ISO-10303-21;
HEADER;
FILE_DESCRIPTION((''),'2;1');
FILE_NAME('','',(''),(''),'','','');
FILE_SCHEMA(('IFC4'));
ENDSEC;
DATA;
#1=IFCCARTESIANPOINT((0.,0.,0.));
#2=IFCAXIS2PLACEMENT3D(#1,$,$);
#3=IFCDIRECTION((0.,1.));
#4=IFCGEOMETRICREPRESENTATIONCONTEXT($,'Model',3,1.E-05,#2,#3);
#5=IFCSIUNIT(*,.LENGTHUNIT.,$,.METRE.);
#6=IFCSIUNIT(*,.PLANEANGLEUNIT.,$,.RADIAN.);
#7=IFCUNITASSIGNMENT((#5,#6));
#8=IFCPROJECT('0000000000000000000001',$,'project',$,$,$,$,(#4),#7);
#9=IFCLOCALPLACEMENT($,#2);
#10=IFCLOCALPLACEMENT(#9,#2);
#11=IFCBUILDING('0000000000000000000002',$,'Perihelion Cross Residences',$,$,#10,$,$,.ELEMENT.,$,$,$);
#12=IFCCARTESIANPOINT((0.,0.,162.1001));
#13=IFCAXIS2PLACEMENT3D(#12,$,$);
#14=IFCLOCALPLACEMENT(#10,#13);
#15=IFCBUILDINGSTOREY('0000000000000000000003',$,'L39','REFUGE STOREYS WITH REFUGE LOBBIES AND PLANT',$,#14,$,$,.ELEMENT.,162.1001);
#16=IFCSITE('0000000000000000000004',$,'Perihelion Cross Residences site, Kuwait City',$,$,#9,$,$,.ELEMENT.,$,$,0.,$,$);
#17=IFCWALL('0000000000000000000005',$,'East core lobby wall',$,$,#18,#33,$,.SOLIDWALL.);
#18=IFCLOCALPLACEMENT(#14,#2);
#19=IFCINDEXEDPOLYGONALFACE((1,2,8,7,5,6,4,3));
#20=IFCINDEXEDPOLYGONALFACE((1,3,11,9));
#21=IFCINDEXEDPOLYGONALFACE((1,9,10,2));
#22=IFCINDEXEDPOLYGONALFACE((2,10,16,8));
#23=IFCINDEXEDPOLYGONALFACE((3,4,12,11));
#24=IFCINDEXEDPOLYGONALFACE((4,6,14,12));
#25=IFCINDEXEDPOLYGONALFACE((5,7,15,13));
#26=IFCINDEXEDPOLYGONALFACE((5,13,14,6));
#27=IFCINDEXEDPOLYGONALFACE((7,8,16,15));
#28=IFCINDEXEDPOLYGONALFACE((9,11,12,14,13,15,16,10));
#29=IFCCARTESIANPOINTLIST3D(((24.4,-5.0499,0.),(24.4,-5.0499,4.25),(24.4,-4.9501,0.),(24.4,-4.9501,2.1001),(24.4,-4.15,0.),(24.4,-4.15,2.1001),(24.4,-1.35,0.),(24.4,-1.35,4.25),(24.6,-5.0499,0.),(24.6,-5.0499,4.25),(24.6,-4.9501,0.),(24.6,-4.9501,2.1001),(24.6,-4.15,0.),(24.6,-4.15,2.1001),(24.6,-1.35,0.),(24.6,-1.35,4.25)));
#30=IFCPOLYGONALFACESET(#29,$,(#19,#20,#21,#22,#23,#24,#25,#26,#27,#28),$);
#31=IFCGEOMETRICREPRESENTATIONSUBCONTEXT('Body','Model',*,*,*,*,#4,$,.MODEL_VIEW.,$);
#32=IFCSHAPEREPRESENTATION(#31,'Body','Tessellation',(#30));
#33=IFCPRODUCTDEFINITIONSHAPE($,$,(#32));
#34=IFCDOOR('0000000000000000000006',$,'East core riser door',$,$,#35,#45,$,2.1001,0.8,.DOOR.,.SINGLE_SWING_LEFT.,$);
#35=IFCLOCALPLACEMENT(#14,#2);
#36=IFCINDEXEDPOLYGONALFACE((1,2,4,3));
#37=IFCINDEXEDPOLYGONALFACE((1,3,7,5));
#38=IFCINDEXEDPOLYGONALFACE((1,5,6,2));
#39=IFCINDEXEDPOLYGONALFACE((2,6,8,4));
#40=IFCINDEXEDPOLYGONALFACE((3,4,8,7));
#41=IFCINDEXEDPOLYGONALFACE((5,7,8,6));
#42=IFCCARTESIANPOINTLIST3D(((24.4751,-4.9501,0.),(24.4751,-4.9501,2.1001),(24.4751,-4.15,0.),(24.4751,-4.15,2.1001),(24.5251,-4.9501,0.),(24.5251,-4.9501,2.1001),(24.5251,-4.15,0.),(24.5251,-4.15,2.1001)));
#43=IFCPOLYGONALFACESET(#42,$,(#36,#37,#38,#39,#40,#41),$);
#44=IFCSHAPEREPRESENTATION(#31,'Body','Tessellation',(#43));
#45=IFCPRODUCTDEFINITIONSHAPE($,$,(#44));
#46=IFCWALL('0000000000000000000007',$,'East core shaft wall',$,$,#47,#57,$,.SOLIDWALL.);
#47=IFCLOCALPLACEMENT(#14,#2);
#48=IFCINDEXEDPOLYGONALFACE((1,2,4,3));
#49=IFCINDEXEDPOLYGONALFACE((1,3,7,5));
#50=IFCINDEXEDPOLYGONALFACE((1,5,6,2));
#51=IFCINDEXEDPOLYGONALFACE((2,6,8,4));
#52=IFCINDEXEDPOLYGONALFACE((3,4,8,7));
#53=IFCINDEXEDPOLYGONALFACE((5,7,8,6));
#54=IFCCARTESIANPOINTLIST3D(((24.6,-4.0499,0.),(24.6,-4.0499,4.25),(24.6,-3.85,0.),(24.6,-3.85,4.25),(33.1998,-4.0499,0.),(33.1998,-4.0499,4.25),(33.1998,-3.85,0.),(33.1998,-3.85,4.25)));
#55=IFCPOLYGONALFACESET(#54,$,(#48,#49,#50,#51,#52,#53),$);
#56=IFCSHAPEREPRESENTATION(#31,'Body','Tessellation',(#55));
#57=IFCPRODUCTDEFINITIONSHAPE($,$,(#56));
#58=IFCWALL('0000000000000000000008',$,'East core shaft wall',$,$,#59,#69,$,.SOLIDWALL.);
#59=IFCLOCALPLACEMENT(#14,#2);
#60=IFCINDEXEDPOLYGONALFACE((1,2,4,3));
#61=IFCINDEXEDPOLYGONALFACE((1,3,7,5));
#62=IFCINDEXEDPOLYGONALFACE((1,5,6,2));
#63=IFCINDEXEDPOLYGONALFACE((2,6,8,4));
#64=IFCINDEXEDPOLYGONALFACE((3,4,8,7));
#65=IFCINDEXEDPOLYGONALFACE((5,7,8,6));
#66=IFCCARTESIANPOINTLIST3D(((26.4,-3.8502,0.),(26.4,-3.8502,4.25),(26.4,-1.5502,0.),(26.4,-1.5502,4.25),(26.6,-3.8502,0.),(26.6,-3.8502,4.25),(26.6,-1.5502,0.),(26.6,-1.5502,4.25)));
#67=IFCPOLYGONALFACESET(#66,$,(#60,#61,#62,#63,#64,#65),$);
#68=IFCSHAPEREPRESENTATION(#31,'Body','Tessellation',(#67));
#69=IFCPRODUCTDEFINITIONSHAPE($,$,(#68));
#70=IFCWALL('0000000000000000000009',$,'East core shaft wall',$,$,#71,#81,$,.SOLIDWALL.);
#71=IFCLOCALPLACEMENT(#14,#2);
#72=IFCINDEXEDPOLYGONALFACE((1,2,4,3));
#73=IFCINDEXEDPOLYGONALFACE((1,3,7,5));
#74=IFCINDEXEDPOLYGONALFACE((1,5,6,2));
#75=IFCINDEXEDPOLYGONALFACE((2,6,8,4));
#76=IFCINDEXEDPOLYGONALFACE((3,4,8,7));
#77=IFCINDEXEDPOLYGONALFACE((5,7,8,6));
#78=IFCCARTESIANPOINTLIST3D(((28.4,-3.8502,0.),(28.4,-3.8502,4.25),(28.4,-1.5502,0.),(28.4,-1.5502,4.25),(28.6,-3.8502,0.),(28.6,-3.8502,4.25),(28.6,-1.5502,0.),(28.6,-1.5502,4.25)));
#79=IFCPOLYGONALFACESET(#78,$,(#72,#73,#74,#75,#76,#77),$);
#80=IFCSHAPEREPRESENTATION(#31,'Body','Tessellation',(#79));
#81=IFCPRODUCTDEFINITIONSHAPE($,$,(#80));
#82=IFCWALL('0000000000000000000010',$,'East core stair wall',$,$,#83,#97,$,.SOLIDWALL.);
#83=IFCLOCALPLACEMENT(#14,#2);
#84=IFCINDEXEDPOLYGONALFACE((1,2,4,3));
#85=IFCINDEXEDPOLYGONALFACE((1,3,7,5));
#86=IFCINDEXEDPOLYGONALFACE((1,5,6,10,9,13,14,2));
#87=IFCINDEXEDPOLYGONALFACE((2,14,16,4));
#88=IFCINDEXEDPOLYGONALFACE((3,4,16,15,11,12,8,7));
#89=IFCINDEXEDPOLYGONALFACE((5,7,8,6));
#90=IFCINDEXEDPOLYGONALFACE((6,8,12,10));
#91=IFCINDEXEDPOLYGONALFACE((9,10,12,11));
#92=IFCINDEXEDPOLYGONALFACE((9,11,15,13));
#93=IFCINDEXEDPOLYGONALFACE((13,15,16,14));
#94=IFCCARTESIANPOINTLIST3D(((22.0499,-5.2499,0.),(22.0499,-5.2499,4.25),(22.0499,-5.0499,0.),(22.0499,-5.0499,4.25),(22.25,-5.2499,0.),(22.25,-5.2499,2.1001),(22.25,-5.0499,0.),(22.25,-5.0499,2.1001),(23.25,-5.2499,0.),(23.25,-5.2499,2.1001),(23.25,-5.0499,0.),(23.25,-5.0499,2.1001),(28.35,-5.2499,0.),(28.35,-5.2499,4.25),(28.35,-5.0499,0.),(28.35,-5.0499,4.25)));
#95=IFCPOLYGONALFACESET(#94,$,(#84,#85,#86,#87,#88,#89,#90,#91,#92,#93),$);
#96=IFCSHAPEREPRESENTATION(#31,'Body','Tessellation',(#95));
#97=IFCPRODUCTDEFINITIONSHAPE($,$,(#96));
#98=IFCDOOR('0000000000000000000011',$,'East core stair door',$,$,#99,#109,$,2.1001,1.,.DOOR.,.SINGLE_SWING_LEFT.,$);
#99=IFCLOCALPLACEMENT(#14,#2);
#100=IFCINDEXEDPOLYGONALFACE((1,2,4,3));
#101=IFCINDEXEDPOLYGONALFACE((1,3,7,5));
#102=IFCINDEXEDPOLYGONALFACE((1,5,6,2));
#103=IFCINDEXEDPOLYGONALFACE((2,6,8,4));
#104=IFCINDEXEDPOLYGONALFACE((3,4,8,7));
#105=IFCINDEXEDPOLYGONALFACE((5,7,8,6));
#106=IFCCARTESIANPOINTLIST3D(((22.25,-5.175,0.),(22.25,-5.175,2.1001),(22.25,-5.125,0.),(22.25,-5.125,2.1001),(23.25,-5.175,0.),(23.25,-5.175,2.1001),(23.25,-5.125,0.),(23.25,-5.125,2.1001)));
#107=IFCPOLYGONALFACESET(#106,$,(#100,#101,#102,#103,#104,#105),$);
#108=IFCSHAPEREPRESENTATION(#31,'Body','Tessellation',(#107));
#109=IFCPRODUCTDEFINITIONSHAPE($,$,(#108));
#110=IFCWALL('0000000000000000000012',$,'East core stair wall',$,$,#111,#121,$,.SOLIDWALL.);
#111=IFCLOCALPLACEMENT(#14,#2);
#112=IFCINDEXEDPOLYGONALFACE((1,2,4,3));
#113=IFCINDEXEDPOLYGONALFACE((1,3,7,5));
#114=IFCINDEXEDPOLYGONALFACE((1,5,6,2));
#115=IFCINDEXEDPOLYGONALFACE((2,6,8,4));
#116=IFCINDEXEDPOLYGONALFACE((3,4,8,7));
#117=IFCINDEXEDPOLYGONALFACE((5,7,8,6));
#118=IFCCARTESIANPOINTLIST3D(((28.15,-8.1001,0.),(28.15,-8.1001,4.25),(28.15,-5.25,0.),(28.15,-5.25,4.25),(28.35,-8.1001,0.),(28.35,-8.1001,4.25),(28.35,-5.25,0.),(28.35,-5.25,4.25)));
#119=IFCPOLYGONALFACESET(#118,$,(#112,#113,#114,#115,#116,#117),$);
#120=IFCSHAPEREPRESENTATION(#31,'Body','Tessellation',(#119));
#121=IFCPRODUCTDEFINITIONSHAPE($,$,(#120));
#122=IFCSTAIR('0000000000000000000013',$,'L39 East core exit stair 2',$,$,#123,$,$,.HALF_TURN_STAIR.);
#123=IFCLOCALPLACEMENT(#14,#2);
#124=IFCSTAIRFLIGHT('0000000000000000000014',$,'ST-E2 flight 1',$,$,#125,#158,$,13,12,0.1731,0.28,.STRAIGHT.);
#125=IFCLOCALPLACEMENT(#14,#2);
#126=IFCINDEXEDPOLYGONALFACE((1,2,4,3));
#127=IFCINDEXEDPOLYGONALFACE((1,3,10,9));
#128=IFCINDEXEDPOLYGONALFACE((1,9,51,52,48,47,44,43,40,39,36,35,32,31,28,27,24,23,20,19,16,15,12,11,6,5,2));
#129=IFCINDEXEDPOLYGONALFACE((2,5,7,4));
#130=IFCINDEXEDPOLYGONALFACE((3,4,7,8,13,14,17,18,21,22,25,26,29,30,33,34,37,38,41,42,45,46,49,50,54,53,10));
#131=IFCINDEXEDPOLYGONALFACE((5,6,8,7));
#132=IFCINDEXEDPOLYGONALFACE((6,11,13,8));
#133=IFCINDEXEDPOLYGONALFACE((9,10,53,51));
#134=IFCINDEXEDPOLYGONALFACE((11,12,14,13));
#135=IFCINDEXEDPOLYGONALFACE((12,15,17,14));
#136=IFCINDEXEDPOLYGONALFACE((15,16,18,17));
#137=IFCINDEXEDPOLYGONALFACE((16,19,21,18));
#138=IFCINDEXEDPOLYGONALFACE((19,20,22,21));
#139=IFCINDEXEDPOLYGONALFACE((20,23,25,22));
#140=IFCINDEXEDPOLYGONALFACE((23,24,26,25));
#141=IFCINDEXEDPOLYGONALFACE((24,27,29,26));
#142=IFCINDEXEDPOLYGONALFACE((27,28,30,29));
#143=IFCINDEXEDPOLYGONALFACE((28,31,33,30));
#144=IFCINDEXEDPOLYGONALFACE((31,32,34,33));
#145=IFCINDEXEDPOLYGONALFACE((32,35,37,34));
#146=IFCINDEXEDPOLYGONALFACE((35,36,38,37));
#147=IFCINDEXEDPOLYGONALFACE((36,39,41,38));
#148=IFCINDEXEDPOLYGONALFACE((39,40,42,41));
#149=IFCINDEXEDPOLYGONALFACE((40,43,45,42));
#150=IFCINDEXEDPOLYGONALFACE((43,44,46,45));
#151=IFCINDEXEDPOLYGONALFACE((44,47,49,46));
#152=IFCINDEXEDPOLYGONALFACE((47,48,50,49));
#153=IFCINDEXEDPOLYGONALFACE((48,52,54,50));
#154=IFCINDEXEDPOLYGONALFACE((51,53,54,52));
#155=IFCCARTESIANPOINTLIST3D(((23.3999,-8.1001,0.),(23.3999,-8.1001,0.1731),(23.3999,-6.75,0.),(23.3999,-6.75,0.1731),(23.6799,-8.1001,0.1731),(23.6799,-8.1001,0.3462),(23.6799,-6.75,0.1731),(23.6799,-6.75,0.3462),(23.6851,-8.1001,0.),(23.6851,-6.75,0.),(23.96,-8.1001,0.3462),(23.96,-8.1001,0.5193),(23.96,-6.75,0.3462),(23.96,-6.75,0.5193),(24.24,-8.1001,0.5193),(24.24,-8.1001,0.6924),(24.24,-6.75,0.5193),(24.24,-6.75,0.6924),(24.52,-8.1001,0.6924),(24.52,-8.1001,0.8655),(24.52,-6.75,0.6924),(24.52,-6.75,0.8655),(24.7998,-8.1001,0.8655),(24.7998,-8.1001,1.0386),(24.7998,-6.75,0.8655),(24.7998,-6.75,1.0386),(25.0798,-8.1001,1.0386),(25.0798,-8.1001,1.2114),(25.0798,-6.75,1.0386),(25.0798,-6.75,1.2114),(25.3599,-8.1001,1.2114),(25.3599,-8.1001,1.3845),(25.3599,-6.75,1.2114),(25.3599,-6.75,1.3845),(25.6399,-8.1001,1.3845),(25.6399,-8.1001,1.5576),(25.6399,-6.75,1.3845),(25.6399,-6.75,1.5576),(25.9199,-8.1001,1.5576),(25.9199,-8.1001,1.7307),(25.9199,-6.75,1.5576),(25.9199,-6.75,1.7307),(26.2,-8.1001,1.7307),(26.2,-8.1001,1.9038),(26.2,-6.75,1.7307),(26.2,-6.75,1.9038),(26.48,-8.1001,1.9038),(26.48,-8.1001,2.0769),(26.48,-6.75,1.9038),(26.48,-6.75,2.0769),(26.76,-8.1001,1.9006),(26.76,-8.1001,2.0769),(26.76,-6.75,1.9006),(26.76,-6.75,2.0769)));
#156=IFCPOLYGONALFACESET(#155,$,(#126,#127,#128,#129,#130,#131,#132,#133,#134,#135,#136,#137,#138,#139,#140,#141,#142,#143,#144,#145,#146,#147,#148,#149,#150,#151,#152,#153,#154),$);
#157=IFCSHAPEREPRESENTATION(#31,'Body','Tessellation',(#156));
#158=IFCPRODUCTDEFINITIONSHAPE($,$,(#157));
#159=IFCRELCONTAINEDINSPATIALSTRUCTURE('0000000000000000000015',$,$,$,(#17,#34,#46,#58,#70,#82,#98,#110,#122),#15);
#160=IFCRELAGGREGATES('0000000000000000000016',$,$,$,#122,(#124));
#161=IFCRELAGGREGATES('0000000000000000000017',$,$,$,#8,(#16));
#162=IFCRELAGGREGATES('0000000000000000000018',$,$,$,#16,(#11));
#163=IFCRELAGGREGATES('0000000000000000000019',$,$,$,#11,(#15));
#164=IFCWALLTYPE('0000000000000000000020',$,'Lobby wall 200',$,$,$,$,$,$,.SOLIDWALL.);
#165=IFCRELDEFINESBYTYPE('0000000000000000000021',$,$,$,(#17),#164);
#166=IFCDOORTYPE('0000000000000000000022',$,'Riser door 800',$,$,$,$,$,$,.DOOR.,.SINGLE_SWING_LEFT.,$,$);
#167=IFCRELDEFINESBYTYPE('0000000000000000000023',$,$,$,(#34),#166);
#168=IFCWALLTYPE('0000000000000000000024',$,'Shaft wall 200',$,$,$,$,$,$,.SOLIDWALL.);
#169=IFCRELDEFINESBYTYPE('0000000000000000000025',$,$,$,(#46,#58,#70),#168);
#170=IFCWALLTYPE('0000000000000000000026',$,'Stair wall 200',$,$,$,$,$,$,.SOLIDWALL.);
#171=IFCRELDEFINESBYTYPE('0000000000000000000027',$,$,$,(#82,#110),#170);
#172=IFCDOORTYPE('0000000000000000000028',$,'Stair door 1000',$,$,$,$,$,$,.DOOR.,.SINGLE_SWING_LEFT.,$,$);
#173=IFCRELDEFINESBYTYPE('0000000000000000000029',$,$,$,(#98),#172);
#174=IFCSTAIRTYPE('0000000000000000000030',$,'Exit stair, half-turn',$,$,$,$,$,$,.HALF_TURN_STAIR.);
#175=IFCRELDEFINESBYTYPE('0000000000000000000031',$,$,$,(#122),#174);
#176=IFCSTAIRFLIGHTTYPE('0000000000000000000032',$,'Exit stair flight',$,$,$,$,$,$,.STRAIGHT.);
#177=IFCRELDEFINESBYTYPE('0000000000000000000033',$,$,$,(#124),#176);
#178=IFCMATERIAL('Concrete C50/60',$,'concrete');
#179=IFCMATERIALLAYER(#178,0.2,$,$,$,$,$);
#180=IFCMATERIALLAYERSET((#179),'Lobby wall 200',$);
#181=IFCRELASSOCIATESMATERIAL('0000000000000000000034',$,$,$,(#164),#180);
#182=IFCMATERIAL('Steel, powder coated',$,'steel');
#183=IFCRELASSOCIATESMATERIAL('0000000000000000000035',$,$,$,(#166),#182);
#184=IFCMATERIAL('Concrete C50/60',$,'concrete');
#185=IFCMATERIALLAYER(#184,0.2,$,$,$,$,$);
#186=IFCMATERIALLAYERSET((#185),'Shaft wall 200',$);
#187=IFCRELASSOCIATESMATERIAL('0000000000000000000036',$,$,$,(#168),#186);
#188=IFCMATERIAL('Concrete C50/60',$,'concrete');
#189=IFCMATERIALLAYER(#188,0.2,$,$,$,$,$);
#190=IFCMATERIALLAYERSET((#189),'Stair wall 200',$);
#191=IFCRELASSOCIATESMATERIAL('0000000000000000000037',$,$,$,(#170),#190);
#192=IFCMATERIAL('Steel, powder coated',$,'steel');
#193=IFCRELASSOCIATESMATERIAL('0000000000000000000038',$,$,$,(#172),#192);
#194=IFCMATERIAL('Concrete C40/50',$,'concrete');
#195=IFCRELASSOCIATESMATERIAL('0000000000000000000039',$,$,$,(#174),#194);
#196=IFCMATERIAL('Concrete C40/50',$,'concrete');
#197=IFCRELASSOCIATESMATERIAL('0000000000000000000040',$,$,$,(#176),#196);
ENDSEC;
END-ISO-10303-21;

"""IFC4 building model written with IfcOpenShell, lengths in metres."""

from ifc_helpers import new_model, si_unit, direction, frame, frame_2d, origin, place, context, subcontext, project, spatial, polyline, rectangle, outline, extrude, material, layer, layer_set, type_object, element, fill, aggregate, save


model = new_model("IFC4")

# Units and contexts
model_context = context("Model", 3, precision=1e-05, world=origin(), true_north=direction((0.0, 1.0)))
body_context = subcontext(model_context, "Body", "Model", "MODEL_VIEW")
ifc_project = project(units=[si_unit("LENGTHUNIT", "METRE"), si_unit("PLANEANGLEUNIT", "RADIAN")], contexts=[model_context])

# Site, building, storey
site_placement = place(None, origin())
site = spatial("IfcSite", under=ifc_project, at=site_placement, Name="Perihelion Cross Residences site, Kuwait City", CompositionType="ELEMENT", RefElevation=0.0)
building_placement = place(site_placement, origin())
building = spatial("IfcBuilding", under=site, at=building_placement, Name="Perihelion Cross Residences", CompositionType="ELEMENT")
storey_placement = place(building_placement, frame((0.0, 0.0, 162.1001)))
storey = spatial("IfcBuildingStorey", under=building, at=storey_placement, Name="L39", Description="REFUGE STOREYS WITH REFUGE LOBBIES AND PLANT", CompositionType="ELEMENT", Elevation=162.1001)

# Wall, opening, door
ifc_material_1 = material(Name="Concrete C50/60", Category="concrete")
ifc_layer_1 = layer(ifc_material_1, 0.2)
ifc_layer_set_1 = layer_set([ifc_layer_1], Name="Lobby wall 200")
wall_type_1 = type_object("IfcWallType", Name="Lobby wall 200", PredefinedType="SOLIDWALL", material=ifc_layer_set_1)
wall_1_placement = place(storey_placement, frame((24.5, -5.05, 0.0), z_axis=(0.0, 0.0, 1.0), x_axis=(0.0, 1.0, 0.0)))
wall_1 = element("IfcWall", 1, at=wall_1_placement, inside=storey, type_object=wall_type_1, Name="East core lobby wall", PredefinedType="SOLIDWALL", context=body_context, shape_type="SweptSolid", body=[
    extrude(rectangle(XDim=3.7, YDim=0.2, at=frame_2d((1.8501, 0.0))), origin(), (0.0, 0.0, 1.0), 4.25),
])
opening_1_placement = place(wall_1_placement, frame((0.1001, 0.0, 0.0)))
opening_1 = element("IfcOpeningElement", 2, at=opening_1_placement, cuts=wall_1, PredefinedType="OPENING", context=body_context, shape_type="SweptSolid", body=[
    extrude(rectangle(XDim=0.8, YDim=2.1001, at=frame_2d((0.3999, 1.05))), frame((0.0, 0.1099, 0.0), z_axis=(0.0, -1.0, 0.0), x_axis=(1.0, 0.0, 0.0)), (0.0, 0.0, 1.0), 0.22),
])
ifc_material_2 = material(Name="Steel, powder coated", Category="steel")
door_type_1 = type_object("IfcDoorType", Name="Riser door 800", OperationType="SINGLE_SWING_LEFT", PredefinedType="DOOR", material=ifc_material_2)
door_1_placement = place(opening_1_placement, origin())
door_1 = element("IfcDoor", 3, at=door_1_placement, inside=storey, type_object=door_type_1, Name="East core riser door", OperationType="SINGLE_SWING_LEFT", OverallHeight=2.1001, OverallWidth=0.8, PredefinedType="DOOR", context=body_context, shape_type="SweptSolid", body=[
    extrude(rectangle(XDim=0.8, YDim=2.1001, at=frame_2d((0.3999, 1.05))), frame((0.0, 0.0249, 0.0), z_axis=(0.0, -1.0, 0.0), x_axis=(1.0, 0.0, 0.0)), (0.0, 0.0, 1.0), 0.05),
])
fill(opening_1, door_1)

# Walls
ifc_material_3 = material(Name="Concrete C50/60", Category="concrete")
ifc_layer_2 = layer(ifc_material_3, 0.2)
ifc_layer_set_2 = layer_set([ifc_layer_2], Name="Shaft wall 200")
wall_type_2 = type_object("IfcWallType", Name="Shaft wall 200", PredefinedType="SOLIDWALL", material=ifc_layer_set_2)
wall_2_placement = place(storey_placement, frame((24.6001, -3.95, 0.0), z_axis=(0.0, 0.0, 1.0), x_axis=(1.0, 0.0, 0.0)))
element("IfcWall", 4, at=wall_2_placement, inside=storey, type_object=wall_type_2, Name="East core shaft wall", PredefinedType="SOLIDWALL", context=body_context, shape_type="SweptSolid", body=[
    extrude(rectangle(XDim=8.5999, YDim=0.2, at=frame_2d((4.2998, 0.0))), origin(), (0.0, 0.0, 1.0), 4.25),
])
for number, where, z_axis, x_axis, name in (
    (5, (26.5, -3.8501, 0.0), (0.0, 0.0, 1.0), (0.0, 1.0, 0.0), "East core shaft wall"),
    (6, (28.5, -3.8501, 0.0), (0.0, 0.0, 1.0), (0.0, 1.0, 0.0), "East core shaft wall"),
):
    element("IfcWall", number, at=place(storey_placement, frame(where, z_axis=z_axis, x_axis=x_axis)), inside=storey, type_object=wall_type_2, Name=name, PredefinedType="SOLIDWALL", context=body_context, shape_type="SweptSolid", body=[
        extrude(rectangle(XDim=2.3, YDim=0.2, at=frame_2d((1.1499, 0.0))), origin(), (0.0, 0.0, 1.0), 4.25),
    ])

# Wall, opening, door
ifc_material_4 = material(Name="Concrete C50/60", Category="concrete")
ifc_layer_3 = layer(ifc_material_4, 0.2)
ifc_layer_set_3 = layer_set([ifc_layer_3], Name="Stair wall 200")
wall_type_3 = type_object("IfcWallType", Name="Stair wall 200", PredefinedType="SOLIDWALL", material=ifc_layer_set_3)
wall_3_placement = place(storey_placement, frame((22.05, -5.1499, 0.0), z_axis=(0.0, 0.0, 1.0), x_axis=(1.0, 0.0, 0.0)))
wall_3 = element("IfcWall", 7, at=wall_3_placement, inside=storey, type_object=wall_type_3, Name="East core stair wall", PredefinedType="SOLIDWALL", context=body_context, shape_type="SweptSolid", body=[
    extrude(rectangle(XDim=6.3, YDim=0.2, at=frame_2d((3.1499, 0.0))), origin(), (0.0, 0.0, 1.0), 4.25),
])
opening_2_placement = place(wall_3_placement, frame((0.2, 0.0, 0.0)))
opening_2 = element("IfcOpeningElement", 8, at=opening_2_placement, cuts=wall_3, PredefinedType="OPENING", context=body_context, shape_type="SweptSolid", body=[
    extrude(rectangle(XDim=1.0, YDim=2.1001, at=frame_2d((0.5, 1.05))), frame((0.0, 0.1099, 0.0), z_axis=(0.0, -1.0, 0.0), x_axis=(1.0, 0.0, 0.0)), (0.0, 0.0, 1.0), 0.22),
])
ifc_material_5 = material(Name="Steel, powder coated", Category="steel")
door_type_2 = type_object("IfcDoorType", Name="Stair door 1000", OperationType="SINGLE_SWING_LEFT", PredefinedType="DOOR", material=ifc_material_5)
door_2_placement = place(opening_2_placement, origin())
door_2 = element("IfcDoor", 9, at=door_2_placement, inside=storey, type_object=door_type_2, Name="East core stair door", OperationType="SINGLE_SWING_LEFT", OverallHeight=2.1001, OverallWidth=1.0, PredefinedType="DOOR", context=body_context, shape_type="SweptSolid", body=[
    extrude(rectangle(XDim=1.0, YDim=2.1001, at=frame_2d((0.5, 1.05))), frame((0.0, 0.0249, 0.0), z_axis=(0.0, -1.0, 0.0), x_axis=(1.0, 0.0, 0.0)), (0.0, 0.0, 1.0), 0.05),
])
fill(opening_2, door_2)

# Wall
wall_4_placement = place(storey_placement, frame((28.25, -8.1001, 0.0), z_axis=(0.0, 0.0, 1.0), x_axis=(0.0, 1.0, 0.0)))
element("IfcWall", 10, at=wall_4_placement, inside=storey, type_object=wall_type_3, Name="East core stair wall", PredefinedType="SOLIDWALL", context=body_context, shape_type="SweptSolid", body=[
    extrude(rectangle(XDim=2.8501, YDim=0.2, at=frame_2d((1.425, 0.0))), origin(), (0.0, 0.0, 1.0), 4.25),
])

# Stair, stair flight
ifc_material_6 = material(Name="Concrete C40/50", Category="concrete")
stair_type = type_object("IfcStairType", Name="Exit stair, half-turn", PredefinedType="HALF_TURN_STAIR", material=ifc_material_6)
stair_placement = place(storey_placement, origin())
stair = element("IfcStair", 11, at=stair_placement, inside=storey, type_object=stair_type, Name="L39 East core exit stair 2", PredefinedType="HALF_TURN_STAIR")
ifc_material_7 = material(Name="Concrete C40/50", Category="concrete")
stair_flight_type = type_object("IfcStairFlightType", Name="Exit stair flight", PredefinedType="STRAIGHT", material=ifc_material_7)
stair_flight_1_placement = place(storey_placement, frame((23.3999, -7.425, 0.0), z_axis=(0.0, 0.0, 1.0), x_axis=(1.0, 0.0, 0.0)))
stair_flight_1 = element("IfcStairFlight", 12, at=stair_flight_1_placement, type_object=stair_flight_type, Name="ST-E2 flight 1", NumberOfRisers=13, NumberOfTreads=12, PredefinedType="STRAIGHT", RiserHeight=0.1731, TreadLength=0.28, context=body_context, shape_type="SweptSolid", body=[
    extrude(outline(polyline([(0.0, 0.0), (0.0, 0.1731), (0.28, 0.1731), (0.28, 0.3462), (0.5601, 0.3462), (0.5601, 0.5193), (0.8401, 0.5193), (0.8401, 0.6924), (1.1201, 0.6924), (1.1201, 0.8655), (1.3999, 0.8655), (1.3999, 1.0386), (1.6799, 1.0386), (1.6799, 1.2114), (1.96, 1.2114), (1.96, 1.3845), (2.24, 1.3845), (2.24, 1.5576), (2.52, 1.5576), (2.52, 1.7307), (2.8, 1.7307), (2.8, 1.9038), (3.0801, 1.9038), (3.0801, 2.0769), (3.3601, 2.0769), (3.3601, 2.25), (3.3601, 1.9006), (0.2852, 0.0), (0.0, 0.0)])), frame((0.0, 0.675, 0.0), z_axis=(0.0, -1.0, 0.0), x_axis=(1.0, 0.0, 0.0)), (0.0, 0.0, 1.0), 1.3501),
])
aggregate(stair, [stair_flight_1])

save(model, "model.ifc")
